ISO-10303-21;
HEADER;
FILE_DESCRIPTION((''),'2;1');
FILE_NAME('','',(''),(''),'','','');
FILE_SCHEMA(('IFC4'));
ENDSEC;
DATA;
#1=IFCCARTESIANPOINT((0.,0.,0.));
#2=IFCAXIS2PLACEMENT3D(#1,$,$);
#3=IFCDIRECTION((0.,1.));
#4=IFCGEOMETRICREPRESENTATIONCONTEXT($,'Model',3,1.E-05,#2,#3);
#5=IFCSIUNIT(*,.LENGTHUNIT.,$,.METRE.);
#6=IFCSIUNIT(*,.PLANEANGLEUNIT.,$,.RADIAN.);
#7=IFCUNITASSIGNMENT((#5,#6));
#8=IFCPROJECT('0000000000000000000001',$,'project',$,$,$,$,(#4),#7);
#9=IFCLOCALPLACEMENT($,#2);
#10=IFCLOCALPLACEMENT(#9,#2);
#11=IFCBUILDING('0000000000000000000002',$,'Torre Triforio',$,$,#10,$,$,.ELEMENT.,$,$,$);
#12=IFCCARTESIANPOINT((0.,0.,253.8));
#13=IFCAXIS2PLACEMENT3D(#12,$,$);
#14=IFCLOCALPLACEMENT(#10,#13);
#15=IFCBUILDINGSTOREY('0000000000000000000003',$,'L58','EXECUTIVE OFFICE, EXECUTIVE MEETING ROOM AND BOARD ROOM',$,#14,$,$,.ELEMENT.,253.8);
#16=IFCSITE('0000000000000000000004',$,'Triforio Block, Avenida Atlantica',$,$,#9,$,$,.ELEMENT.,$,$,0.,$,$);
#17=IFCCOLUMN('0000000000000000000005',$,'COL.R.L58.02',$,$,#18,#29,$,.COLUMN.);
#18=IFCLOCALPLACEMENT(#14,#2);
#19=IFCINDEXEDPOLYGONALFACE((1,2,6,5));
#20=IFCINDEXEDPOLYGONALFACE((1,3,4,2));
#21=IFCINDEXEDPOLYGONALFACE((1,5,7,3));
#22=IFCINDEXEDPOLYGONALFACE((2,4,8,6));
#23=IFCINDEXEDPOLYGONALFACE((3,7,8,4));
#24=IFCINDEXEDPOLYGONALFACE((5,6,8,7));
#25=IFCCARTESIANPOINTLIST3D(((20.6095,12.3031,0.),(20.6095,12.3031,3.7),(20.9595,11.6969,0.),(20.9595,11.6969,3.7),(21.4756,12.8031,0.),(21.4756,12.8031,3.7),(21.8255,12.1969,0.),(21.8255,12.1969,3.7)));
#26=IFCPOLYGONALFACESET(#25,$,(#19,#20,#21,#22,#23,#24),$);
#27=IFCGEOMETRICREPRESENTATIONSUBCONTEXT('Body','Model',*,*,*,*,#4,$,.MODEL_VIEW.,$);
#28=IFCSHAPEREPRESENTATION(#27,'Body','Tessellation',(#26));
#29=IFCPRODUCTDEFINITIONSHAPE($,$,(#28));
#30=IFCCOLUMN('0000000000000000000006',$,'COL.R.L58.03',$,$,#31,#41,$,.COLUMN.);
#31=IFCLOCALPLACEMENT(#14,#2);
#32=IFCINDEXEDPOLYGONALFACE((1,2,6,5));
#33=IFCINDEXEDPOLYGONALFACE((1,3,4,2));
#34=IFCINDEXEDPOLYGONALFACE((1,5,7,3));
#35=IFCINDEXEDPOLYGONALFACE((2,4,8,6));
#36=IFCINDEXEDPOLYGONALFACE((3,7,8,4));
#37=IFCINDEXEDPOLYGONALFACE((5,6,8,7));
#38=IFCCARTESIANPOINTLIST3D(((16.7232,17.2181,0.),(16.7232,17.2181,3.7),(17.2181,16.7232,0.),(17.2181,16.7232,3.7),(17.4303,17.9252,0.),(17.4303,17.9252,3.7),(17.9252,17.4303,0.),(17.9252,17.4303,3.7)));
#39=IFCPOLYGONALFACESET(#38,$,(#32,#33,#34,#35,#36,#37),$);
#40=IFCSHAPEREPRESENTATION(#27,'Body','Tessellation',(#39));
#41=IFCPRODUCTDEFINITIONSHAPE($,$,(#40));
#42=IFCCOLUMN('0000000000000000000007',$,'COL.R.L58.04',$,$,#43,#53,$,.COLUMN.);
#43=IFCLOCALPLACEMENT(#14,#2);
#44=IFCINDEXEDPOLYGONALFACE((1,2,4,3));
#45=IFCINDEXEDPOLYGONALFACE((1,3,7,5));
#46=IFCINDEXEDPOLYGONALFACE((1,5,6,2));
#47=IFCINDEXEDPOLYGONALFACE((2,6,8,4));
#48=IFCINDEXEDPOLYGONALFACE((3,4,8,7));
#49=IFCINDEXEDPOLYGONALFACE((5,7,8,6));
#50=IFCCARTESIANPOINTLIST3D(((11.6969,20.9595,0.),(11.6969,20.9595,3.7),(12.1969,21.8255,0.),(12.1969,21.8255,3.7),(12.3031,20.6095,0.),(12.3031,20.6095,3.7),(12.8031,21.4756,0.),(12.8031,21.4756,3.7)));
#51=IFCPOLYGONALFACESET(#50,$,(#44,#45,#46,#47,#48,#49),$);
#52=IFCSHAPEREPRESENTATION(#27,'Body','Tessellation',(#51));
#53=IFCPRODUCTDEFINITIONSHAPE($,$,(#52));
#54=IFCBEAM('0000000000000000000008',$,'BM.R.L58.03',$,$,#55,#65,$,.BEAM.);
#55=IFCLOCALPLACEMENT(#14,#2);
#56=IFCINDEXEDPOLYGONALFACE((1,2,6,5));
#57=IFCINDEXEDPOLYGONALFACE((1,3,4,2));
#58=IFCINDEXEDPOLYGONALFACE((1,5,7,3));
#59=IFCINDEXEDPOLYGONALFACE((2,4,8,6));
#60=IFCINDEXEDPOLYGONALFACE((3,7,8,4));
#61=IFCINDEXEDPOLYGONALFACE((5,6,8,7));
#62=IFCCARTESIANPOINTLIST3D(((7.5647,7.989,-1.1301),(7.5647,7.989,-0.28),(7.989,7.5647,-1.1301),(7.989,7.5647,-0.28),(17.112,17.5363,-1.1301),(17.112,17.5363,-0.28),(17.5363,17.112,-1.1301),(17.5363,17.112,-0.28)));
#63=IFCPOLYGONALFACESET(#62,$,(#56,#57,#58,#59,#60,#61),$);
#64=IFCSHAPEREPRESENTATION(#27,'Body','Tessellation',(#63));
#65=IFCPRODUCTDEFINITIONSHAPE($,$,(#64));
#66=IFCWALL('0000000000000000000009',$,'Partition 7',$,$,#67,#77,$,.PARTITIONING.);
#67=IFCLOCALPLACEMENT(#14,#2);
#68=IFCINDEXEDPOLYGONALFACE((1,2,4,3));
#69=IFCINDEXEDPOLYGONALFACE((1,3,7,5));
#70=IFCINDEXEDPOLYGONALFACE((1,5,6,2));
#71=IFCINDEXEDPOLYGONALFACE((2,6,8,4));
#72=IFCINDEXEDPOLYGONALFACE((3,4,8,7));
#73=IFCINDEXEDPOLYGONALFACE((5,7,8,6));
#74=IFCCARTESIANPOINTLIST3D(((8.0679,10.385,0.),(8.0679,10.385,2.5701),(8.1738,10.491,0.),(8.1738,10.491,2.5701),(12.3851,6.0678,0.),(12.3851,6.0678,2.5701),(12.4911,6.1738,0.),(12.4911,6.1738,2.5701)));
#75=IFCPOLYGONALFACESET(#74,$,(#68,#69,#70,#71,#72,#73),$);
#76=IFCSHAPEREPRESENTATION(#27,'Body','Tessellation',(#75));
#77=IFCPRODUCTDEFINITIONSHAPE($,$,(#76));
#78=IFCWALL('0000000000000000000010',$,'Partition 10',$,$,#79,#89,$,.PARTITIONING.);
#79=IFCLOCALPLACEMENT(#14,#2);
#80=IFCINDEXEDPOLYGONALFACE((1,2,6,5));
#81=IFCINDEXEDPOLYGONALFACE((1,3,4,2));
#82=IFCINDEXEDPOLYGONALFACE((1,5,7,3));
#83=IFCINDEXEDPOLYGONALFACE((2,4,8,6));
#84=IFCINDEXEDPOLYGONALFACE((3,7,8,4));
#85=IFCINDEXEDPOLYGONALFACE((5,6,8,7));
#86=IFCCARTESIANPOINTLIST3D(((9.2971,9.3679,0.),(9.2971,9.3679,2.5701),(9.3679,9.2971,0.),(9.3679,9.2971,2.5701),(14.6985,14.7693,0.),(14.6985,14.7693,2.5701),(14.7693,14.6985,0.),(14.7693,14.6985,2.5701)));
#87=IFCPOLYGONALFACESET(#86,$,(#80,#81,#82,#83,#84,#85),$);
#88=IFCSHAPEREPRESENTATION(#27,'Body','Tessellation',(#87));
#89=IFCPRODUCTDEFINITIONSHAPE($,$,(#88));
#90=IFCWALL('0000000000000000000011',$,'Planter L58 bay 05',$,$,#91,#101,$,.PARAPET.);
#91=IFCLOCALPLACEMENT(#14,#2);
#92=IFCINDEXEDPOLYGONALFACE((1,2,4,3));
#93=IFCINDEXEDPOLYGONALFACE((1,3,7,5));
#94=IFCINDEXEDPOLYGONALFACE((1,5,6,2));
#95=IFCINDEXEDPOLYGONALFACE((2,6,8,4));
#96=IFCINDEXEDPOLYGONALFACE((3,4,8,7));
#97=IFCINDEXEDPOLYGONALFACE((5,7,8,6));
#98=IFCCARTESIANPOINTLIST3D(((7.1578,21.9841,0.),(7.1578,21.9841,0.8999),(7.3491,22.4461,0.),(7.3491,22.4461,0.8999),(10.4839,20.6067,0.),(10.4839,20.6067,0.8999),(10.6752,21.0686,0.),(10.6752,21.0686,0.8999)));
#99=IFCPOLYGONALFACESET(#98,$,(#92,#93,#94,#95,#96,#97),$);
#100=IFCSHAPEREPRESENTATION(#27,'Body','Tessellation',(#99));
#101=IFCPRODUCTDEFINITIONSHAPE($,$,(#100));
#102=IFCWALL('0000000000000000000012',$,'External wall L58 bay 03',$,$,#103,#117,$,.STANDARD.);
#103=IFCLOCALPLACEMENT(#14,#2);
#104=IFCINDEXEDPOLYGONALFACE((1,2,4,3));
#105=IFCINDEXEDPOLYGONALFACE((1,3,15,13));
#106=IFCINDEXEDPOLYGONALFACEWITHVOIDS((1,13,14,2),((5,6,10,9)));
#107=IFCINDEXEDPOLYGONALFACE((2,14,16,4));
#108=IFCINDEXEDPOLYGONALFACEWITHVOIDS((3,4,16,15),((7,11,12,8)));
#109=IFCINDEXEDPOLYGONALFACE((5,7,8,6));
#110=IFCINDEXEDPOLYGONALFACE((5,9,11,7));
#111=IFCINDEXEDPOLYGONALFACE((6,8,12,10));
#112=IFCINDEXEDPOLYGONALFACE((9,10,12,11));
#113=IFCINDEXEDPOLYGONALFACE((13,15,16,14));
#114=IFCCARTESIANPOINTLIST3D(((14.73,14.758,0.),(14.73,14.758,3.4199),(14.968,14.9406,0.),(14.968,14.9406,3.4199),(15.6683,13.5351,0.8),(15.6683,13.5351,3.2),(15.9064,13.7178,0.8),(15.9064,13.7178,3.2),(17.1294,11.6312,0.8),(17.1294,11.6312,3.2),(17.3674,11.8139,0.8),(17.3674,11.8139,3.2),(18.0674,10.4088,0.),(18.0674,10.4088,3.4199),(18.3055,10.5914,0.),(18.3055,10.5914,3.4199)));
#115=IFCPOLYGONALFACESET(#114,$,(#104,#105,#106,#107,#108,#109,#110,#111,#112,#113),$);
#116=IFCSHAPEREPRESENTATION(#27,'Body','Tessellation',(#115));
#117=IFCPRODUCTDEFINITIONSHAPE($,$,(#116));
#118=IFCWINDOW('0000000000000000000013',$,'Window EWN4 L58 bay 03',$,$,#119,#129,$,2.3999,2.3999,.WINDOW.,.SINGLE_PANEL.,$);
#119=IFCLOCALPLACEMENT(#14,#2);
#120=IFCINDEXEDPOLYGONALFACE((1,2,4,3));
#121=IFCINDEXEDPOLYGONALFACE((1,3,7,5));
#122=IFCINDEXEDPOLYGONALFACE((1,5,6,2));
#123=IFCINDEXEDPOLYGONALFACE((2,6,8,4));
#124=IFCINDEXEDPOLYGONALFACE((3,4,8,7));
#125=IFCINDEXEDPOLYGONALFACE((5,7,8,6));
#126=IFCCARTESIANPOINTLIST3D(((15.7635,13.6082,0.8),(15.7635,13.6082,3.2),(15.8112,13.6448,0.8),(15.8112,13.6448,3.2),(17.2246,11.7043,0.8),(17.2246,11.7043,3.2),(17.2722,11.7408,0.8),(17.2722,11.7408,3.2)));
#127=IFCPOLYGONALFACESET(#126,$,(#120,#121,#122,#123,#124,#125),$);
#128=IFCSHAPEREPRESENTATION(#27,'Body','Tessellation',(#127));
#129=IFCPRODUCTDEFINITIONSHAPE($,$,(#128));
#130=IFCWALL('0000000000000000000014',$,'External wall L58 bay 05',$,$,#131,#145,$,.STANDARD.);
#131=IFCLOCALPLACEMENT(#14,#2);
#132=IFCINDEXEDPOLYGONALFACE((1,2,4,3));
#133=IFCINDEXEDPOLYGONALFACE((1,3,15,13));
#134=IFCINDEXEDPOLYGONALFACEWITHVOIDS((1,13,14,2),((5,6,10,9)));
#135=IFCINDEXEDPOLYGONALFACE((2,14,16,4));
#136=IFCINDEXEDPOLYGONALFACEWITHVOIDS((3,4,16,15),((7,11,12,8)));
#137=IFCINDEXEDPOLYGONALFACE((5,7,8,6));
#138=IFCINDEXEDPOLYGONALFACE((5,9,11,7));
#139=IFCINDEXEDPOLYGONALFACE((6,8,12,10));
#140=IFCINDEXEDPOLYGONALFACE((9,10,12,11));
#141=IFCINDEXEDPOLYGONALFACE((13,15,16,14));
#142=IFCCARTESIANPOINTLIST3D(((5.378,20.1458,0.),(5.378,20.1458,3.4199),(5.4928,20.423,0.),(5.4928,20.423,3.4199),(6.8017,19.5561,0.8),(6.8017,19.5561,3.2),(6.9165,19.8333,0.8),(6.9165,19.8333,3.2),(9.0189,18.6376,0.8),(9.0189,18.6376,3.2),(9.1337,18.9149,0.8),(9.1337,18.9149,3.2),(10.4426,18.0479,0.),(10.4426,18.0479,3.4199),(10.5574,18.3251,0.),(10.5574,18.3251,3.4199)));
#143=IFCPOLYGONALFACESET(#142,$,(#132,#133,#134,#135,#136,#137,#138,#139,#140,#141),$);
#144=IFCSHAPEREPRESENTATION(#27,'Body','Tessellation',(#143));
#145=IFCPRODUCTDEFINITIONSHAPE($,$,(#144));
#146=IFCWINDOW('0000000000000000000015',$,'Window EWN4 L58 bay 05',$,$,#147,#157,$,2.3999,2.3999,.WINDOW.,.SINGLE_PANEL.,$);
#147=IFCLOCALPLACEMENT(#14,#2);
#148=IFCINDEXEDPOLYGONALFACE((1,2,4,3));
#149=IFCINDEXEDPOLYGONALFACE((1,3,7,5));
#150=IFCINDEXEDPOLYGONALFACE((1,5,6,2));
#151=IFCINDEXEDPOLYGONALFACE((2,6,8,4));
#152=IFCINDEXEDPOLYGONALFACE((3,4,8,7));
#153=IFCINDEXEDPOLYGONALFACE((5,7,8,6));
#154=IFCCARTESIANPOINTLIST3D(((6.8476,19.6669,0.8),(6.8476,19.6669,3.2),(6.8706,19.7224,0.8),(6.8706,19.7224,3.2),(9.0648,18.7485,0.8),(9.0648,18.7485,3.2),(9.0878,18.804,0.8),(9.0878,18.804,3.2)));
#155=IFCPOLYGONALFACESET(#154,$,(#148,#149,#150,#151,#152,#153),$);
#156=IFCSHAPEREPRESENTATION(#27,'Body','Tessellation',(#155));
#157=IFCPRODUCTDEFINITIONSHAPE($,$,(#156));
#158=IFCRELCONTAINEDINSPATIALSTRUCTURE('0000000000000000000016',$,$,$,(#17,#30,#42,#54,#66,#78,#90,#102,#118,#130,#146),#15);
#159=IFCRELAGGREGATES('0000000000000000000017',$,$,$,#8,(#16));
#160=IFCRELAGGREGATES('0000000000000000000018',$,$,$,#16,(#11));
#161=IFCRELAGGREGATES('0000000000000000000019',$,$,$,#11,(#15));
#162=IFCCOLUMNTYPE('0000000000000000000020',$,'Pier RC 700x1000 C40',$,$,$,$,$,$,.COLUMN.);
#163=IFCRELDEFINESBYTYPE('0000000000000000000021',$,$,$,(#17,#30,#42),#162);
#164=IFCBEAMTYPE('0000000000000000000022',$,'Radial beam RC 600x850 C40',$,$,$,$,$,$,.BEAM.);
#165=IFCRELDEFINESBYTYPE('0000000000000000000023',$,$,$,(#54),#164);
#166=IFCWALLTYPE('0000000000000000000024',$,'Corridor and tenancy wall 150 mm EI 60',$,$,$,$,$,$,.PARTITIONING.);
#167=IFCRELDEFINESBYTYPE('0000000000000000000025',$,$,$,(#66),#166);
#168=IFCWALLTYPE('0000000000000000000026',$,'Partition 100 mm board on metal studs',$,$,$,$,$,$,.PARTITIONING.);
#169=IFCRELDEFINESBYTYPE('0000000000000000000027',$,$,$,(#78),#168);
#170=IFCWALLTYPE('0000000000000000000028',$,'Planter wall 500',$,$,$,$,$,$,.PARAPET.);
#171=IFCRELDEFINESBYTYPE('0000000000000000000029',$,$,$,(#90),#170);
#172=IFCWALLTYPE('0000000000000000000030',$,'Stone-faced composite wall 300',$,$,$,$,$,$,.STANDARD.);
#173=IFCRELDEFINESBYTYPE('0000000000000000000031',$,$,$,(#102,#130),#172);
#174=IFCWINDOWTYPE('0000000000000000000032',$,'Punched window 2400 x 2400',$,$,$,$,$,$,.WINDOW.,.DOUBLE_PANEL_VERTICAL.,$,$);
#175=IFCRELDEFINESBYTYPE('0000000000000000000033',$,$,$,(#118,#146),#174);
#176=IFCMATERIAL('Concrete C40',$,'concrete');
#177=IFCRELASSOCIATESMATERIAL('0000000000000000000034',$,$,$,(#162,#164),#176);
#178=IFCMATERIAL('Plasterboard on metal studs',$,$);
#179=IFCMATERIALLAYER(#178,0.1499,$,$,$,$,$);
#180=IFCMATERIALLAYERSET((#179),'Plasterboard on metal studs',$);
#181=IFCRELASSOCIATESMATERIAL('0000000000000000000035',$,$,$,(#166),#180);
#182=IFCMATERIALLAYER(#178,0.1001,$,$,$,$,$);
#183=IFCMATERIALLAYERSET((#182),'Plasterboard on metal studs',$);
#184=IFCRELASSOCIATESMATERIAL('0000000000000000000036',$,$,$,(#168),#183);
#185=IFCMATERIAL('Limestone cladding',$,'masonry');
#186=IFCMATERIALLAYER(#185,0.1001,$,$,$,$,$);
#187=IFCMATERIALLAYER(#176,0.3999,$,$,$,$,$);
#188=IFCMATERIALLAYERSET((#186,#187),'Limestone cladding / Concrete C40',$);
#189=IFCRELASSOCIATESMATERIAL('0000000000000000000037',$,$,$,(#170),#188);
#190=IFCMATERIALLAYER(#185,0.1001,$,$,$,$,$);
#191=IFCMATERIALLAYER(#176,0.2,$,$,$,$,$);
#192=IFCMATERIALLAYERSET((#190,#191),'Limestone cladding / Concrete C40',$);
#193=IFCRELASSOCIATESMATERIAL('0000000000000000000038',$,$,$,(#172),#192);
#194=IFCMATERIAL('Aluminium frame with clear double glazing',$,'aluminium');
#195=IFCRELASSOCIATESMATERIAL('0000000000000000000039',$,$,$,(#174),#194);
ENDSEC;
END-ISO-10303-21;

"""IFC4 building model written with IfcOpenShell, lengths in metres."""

from ifc_helpers import new_model, si_unit, direction, frame, frame_2d, origin, origin_2d, place, context, subcontext, project, spatial, rectangle, extrude, material, layer, layer_set, material_profile, profile_set, type_object, element, fill, save


model = new_model("IFC4")

# Units and contexts
model_context = context("Model", 3, precision=1e-05, world=origin(), true_north=direction((0.0, 1.0)))
body_context = subcontext(model_context, "Body", "Model", "MODEL_VIEW")
ifc_project = project(units=[si_unit("LENGTHUNIT", "METRE"), si_unit("PLANEANGLEUNIT", "RADIAN")], contexts=[model_context])

# Site, building, storey
site_placement = place(None, origin())
site = spatial("IfcSite", under=ifc_project, at=site_placement, Name="Triforio Block, Avenida Atlantica", CompositionType="ELEMENT", RefElevation=0.0)
building_placement = place(site_placement, origin())
building = spatial("IfcBuilding", under=site, at=building_placement, Name="Torre Triforio", CompositionType="ELEMENT")
storey_placement = place(building_placement, frame((0.0, 0.0, 253.8)))
storey = spatial("IfcBuildingStorey", under=building, at=storey_placement, Name="L58", Description="EXECUTIVE OFFICE, EXECUTIVE MEETING ROOM AND BOARD ROOM", CompositionType="ELEMENT", Elevation=253.8)

# Columns
ifc_material_1 = material(Name="Concrete C40", Category="concrete")
ifc_material_profile_1 = material_profile(ifc_material_1, rectangle(XDim=0.7, YDim=1.0, at=origin_2d()), Name="RC 700x1000")
ifc_profile_set_1 = profile_set([ifc_material_profile_1], Name="Concrete C40")
column_type = type_object("IfcColumnType", Name="Pier RC 700x1000 C40", PredefinedType="COLUMN", material=ifc_profile_set_1)
for number, where, z_axis, x_axis, name in (
    (1, (21.2175, 12.25, 0.0), (0.0, 0.0, 1.0), (-0.5, 0.866025, 0.0), "COL.R.L58.02"),
    (2, (17.3242, 17.3242, 0.0), (0.0, 0.0, 1.0), (-0.707107, 0.707107, 0.0), "COL.R.L58.03"),
    (3, (12.25, 21.2175, 0.0), (0.0, 0.0, 1.0), (-0.866025, 0.5, 0.0), "COL.R.L58.04"),
):
    element("IfcColumn", number, at=place(storey_placement, frame(where, z_axis=z_axis, x_axis=x_axis)), inside=storey, type_object=column_type, Name=name, PredefinedType="COLUMN", context=body_context, shape_type="SweptSolid", body=[
        extrude(rectangle(XDim=0.7, YDim=1.0, at=origin_2d()), origin(), (0.0, 0.0, 1.0), 3.7),
    ])

# Beam
ifc_material_profile_2 = material_profile(ifc_material_1, rectangle(XDim=0.6001, YDim=0.8501, at=origin_2d()), Name="RC 600x850")
ifc_profile_set_2 = profile_set([ifc_material_profile_2], Name="Concrete C40")
beam_type = type_object("IfcBeamType", Name="Radial beam RC 600x850 C40", PredefinedType="BEAM", material=ifc_profile_set_2)
beam_placement = place(storey_placement, frame((7.7769, 7.7769, -0.7051), z_axis=(0.707107, 0.707107, 0.0), x_axis=(-0.707107, 0.707107, 0.0)))
element("IfcBeam", 4, at=beam_placement, inside=storey, type_object=beam_type, Name="BM.R.L58.03", PredefinedType="BEAM", context=body_context, shape_type="SweptSolid", body=[
    extrude(rectangle(XDim=0.6001, YDim=0.8501, at=origin_2d()), origin(), (0.0, 0.0, 1.0), 13.502),
])

# Walls
ifc_material_2 = material(Name="Plasterboard on metal studs")
ifc_layer_1 = layer(ifc_material_2, 0.1499)
ifc_layer_set_1 = layer_set([ifc_layer_1], Name="Plasterboard on metal studs")
wall_type_1 = type_object("IfcWallType", Name="Corridor and tenancy wall 150 mm EI 60", PredefinedType="PARTITIONING", material=ifc_layer_set_1)
wall_1_placement = place(storey_placement, frame((8.1208, 10.438, 0.0), z_axis=(0.0, 0.0, 1.0), x_axis=(0.707107, -0.707107, 0.0)))
element("IfcWall", 5, at=wall_1_placement, inside=storey, type_object=wall_type_1, Name="Partition 7", PredefinedType="PARTITIONING", context=body_context, shape_type="SweptSolid", body=[
    extrude(rectangle(XDim=6.1055, YDim=0.1499, at=frame_2d((3.0527, 0.0))), origin(), (0.0, 0.0, 1.0), 2.5701),
])
ifc_layer_2 = layer(ifc_material_2, 0.1001)
ifc_layer_set_2 = layer_set([ifc_layer_2], Name="Plasterboard on metal studs")
wall_type_2 = type_object("IfcWallType", Name="Partition 100 mm board on metal studs", PredefinedType="PARTITIONING", material=ifc_layer_set_2)
wall_2_placement = place(storey_placement, frame((9.3325, 9.3325, 0.0), z_axis=(0.0, 0.0, 1.0), x_axis=(0.707107, 0.707107, 0.0)))
element("IfcWall", 6, at=wall_2_placement, inside=storey, type_object=wall_type_2, Name="Partition 10", PredefinedType="PARTITIONING", context=body_context, shape_type="SweptSolid", body=[
    extrude(rectangle(XDim=7.6387, YDim=0.1001, at=frame_2d((3.8193, 0.0))), origin(), (0.0, 0.0, 1.0), 2.5701),
])
ifc_material_3 = material(Name="Limestone cladding", Category="masonry")
ifc_layer_3 = layer(ifc_material_3, 0.1001)
ifc_layer_4 = layer(ifc_material_1, 0.3999)
ifc_layer_set_3 = layer_set([ifc_layer_3, ifc_layer_4], Name="Limestone cladding / Concrete C40")
wall_type_3 = type_object("IfcWallType", Name="Planter wall 500", PredefinedType="PARAPET", material=ifc_layer_set_3)
wall_3_placement = place(storey_placement, frame((10.5796, 20.8376, 0.0), z_axis=(0.0, 0.0, 1.0), x_axis=(-0.923909, 0.382611, 0.0)))
element("IfcWall", 7, at=wall_3_placement, inside=storey, type_object=wall_type_3, Name="Planter L58 bay 05", PredefinedType="PARAPET", context=body_context, shape_type="SweptSolid", body=[
    extrude(rectangle(XDim=3.6001, YDim=0.5, at=frame_2d((1.8, 0.0))), origin(), (0.0, 0.0, 1.0), 0.8999),
])

# Wall, opening, window
ifc_layer_5 = layer(ifc_material_3, 0.1001)
ifc_layer_6 = layer(ifc_material_1, 0.2)
ifc_layer_set_4 = layer_set([ifc_layer_5, ifc_layer_6], Name="Limestone cladding / Concrete C40")
wall_type_4 = type_object("IfcWallType", Name="Stone-faced composite wall 300", PredefinedType="STANDARD", material=ifc_layer_set_4)
wall_4_placement = place(storey_placement, frame((18.1865, 10.5, 0.0), z_axis=(0.0, 0.0, 1.0), x_axis=(-0.608785, 0.793335, 0.0)))
wall_4 = element("IfcWall", 8, at=wall_4_placement, inside=storey, type_object=wall_type_4, Name="External wall L58 bay 03", PredefinedType="STANDARD", context=body_context, shape_type="SweptSolid", body=[
    extrude(rectangle(XDim=5.4822, YDim=0.3, at=frame_2d((2.7412, 0.0))), origin(), (0.0, 0.0, 1.0), 3.4199),
])
opening_1_placement = place(wall_4_placement, frame((1.541, 0.0, 0.8)))
opening_1 = element("IfcOpeningElement", 9, at=opening_1_placement, cuts=wall_4, PredefinedType="OPENING", context=body_context, shape_type="SweptSolid", body=[
    extrude(rectangle(XDim=2.3999, YDim=2.3999, at=frame_2d((1.2, 1.2))), frame((0.0, 0.1599, 0.0), z_axis=(0.0, -1.0, 0.0), x_axis=(1.0, 0.0, 0.0)), (0.0, 0.0, 1.0), 0.3201),
])
ifc_material_4 = material(Name="Aluminium frame with clear double glazing", Category="aluminium")
window_type_1 = type_object("IfcWindowType", Name="Punched window 2400 x 2400", PartitioningType="DOUBLE_PANEL_VERTICAL", PredefinedType="WINDOW", material=ifc_material_4)
window_1_placement = place(opening_1_placement, origin())
window_1 = element("IfcWindow", 10, at=window_1_placement, inside=storey, type_object=window_type_1, Name="Window EWN4 L58 bay 03", OverallHeight=2.3999, OverallWidth=2.3999, PartitioningType="SINGLE_PANEL", PredefinedType="WINDOW", context=body_context, shape_type="SweptSolid", body=[
    extrude(rectangle(XDim=2.3999, YDim=2.3999, at=frame_2d((1.2, 1.2))), frame((0.0, 0.03, 0.0), z_axis=(0.0, -1.0, 0.0), x_axis=(1.0, 0.0, 0.0)), (0.0, 0.0, 1.0), 0.0601),
])
fill(opening_1, window_1)

# Wall, opening, window
wall_5_placement = place(storey_placement, frame((10.5, 18.1865, 0.0), z_axis=(0.0, 0.0, 1.0), x_axis=(-0.923877, 0.382689, 0.0)))
wall_5 = element("IfcWall", 11, at=wall_5_placement, inside=storey, type_object=wall_type_4, Name="External wall L58 bay 05", PredefinedType="STANDARD", context=body_context, shape_type="SweptSolid", body=[
    extrude(rectangle(XDim=5.4819, YDim=0.3, at=frame_2d((2.741, 0.0))), origin(), (0.0, 0.0, 1.0), 3.4199),
])
opening_2_placement = place(wall_5_placement, frame((1.541, 0.0, 0.8)))
opening_2 = element("IfcOpeningElement", 12, at=opening_2_placement, cuts=wall_5, PredefinedType="OPENING", context=body_context, shape_type="SweptSolid", body=[
    extrude(rectangle(XDim=2.3999, YDim=2.3999, at=frame_2d((1.2, 1.2))), frame((0.0, 0.1599, 0.0), z_axis=(0.0, -1.0, 0.0), x_axis=(1.0, 0.0, 0.0)), (0.0, 0.0, 1.0), 0.3201),
])
window_2_placement = place(opening_2_placement, origin())
window_2 = element("IfcWindow", 13, at=window_2_placement, inside=storey, type_object=window_type_1, Name="Window EWN4 L58 bay 05", OverallHeight=2.3999, OverallWidth=2.3999, PartitioningType="SINGLE_PANEL", PredefinedType="WINDOW", context=body_context, shape_type="SweptSolid", body=[
    extrude(rectangle(XDim=2.3999, YDim=2.3999, at=frame_2d((1.2, 1.2))), frame((0.0, 0.03, 0.0), z_axis=(0.0, -1.0, 0.0), x_axis=(1.0, 0.0, 0.0)), (0.0, 0.0, 1.0), 0.0601),
])
fill(opening_2, window_2)

save(model, "model.ifc")
